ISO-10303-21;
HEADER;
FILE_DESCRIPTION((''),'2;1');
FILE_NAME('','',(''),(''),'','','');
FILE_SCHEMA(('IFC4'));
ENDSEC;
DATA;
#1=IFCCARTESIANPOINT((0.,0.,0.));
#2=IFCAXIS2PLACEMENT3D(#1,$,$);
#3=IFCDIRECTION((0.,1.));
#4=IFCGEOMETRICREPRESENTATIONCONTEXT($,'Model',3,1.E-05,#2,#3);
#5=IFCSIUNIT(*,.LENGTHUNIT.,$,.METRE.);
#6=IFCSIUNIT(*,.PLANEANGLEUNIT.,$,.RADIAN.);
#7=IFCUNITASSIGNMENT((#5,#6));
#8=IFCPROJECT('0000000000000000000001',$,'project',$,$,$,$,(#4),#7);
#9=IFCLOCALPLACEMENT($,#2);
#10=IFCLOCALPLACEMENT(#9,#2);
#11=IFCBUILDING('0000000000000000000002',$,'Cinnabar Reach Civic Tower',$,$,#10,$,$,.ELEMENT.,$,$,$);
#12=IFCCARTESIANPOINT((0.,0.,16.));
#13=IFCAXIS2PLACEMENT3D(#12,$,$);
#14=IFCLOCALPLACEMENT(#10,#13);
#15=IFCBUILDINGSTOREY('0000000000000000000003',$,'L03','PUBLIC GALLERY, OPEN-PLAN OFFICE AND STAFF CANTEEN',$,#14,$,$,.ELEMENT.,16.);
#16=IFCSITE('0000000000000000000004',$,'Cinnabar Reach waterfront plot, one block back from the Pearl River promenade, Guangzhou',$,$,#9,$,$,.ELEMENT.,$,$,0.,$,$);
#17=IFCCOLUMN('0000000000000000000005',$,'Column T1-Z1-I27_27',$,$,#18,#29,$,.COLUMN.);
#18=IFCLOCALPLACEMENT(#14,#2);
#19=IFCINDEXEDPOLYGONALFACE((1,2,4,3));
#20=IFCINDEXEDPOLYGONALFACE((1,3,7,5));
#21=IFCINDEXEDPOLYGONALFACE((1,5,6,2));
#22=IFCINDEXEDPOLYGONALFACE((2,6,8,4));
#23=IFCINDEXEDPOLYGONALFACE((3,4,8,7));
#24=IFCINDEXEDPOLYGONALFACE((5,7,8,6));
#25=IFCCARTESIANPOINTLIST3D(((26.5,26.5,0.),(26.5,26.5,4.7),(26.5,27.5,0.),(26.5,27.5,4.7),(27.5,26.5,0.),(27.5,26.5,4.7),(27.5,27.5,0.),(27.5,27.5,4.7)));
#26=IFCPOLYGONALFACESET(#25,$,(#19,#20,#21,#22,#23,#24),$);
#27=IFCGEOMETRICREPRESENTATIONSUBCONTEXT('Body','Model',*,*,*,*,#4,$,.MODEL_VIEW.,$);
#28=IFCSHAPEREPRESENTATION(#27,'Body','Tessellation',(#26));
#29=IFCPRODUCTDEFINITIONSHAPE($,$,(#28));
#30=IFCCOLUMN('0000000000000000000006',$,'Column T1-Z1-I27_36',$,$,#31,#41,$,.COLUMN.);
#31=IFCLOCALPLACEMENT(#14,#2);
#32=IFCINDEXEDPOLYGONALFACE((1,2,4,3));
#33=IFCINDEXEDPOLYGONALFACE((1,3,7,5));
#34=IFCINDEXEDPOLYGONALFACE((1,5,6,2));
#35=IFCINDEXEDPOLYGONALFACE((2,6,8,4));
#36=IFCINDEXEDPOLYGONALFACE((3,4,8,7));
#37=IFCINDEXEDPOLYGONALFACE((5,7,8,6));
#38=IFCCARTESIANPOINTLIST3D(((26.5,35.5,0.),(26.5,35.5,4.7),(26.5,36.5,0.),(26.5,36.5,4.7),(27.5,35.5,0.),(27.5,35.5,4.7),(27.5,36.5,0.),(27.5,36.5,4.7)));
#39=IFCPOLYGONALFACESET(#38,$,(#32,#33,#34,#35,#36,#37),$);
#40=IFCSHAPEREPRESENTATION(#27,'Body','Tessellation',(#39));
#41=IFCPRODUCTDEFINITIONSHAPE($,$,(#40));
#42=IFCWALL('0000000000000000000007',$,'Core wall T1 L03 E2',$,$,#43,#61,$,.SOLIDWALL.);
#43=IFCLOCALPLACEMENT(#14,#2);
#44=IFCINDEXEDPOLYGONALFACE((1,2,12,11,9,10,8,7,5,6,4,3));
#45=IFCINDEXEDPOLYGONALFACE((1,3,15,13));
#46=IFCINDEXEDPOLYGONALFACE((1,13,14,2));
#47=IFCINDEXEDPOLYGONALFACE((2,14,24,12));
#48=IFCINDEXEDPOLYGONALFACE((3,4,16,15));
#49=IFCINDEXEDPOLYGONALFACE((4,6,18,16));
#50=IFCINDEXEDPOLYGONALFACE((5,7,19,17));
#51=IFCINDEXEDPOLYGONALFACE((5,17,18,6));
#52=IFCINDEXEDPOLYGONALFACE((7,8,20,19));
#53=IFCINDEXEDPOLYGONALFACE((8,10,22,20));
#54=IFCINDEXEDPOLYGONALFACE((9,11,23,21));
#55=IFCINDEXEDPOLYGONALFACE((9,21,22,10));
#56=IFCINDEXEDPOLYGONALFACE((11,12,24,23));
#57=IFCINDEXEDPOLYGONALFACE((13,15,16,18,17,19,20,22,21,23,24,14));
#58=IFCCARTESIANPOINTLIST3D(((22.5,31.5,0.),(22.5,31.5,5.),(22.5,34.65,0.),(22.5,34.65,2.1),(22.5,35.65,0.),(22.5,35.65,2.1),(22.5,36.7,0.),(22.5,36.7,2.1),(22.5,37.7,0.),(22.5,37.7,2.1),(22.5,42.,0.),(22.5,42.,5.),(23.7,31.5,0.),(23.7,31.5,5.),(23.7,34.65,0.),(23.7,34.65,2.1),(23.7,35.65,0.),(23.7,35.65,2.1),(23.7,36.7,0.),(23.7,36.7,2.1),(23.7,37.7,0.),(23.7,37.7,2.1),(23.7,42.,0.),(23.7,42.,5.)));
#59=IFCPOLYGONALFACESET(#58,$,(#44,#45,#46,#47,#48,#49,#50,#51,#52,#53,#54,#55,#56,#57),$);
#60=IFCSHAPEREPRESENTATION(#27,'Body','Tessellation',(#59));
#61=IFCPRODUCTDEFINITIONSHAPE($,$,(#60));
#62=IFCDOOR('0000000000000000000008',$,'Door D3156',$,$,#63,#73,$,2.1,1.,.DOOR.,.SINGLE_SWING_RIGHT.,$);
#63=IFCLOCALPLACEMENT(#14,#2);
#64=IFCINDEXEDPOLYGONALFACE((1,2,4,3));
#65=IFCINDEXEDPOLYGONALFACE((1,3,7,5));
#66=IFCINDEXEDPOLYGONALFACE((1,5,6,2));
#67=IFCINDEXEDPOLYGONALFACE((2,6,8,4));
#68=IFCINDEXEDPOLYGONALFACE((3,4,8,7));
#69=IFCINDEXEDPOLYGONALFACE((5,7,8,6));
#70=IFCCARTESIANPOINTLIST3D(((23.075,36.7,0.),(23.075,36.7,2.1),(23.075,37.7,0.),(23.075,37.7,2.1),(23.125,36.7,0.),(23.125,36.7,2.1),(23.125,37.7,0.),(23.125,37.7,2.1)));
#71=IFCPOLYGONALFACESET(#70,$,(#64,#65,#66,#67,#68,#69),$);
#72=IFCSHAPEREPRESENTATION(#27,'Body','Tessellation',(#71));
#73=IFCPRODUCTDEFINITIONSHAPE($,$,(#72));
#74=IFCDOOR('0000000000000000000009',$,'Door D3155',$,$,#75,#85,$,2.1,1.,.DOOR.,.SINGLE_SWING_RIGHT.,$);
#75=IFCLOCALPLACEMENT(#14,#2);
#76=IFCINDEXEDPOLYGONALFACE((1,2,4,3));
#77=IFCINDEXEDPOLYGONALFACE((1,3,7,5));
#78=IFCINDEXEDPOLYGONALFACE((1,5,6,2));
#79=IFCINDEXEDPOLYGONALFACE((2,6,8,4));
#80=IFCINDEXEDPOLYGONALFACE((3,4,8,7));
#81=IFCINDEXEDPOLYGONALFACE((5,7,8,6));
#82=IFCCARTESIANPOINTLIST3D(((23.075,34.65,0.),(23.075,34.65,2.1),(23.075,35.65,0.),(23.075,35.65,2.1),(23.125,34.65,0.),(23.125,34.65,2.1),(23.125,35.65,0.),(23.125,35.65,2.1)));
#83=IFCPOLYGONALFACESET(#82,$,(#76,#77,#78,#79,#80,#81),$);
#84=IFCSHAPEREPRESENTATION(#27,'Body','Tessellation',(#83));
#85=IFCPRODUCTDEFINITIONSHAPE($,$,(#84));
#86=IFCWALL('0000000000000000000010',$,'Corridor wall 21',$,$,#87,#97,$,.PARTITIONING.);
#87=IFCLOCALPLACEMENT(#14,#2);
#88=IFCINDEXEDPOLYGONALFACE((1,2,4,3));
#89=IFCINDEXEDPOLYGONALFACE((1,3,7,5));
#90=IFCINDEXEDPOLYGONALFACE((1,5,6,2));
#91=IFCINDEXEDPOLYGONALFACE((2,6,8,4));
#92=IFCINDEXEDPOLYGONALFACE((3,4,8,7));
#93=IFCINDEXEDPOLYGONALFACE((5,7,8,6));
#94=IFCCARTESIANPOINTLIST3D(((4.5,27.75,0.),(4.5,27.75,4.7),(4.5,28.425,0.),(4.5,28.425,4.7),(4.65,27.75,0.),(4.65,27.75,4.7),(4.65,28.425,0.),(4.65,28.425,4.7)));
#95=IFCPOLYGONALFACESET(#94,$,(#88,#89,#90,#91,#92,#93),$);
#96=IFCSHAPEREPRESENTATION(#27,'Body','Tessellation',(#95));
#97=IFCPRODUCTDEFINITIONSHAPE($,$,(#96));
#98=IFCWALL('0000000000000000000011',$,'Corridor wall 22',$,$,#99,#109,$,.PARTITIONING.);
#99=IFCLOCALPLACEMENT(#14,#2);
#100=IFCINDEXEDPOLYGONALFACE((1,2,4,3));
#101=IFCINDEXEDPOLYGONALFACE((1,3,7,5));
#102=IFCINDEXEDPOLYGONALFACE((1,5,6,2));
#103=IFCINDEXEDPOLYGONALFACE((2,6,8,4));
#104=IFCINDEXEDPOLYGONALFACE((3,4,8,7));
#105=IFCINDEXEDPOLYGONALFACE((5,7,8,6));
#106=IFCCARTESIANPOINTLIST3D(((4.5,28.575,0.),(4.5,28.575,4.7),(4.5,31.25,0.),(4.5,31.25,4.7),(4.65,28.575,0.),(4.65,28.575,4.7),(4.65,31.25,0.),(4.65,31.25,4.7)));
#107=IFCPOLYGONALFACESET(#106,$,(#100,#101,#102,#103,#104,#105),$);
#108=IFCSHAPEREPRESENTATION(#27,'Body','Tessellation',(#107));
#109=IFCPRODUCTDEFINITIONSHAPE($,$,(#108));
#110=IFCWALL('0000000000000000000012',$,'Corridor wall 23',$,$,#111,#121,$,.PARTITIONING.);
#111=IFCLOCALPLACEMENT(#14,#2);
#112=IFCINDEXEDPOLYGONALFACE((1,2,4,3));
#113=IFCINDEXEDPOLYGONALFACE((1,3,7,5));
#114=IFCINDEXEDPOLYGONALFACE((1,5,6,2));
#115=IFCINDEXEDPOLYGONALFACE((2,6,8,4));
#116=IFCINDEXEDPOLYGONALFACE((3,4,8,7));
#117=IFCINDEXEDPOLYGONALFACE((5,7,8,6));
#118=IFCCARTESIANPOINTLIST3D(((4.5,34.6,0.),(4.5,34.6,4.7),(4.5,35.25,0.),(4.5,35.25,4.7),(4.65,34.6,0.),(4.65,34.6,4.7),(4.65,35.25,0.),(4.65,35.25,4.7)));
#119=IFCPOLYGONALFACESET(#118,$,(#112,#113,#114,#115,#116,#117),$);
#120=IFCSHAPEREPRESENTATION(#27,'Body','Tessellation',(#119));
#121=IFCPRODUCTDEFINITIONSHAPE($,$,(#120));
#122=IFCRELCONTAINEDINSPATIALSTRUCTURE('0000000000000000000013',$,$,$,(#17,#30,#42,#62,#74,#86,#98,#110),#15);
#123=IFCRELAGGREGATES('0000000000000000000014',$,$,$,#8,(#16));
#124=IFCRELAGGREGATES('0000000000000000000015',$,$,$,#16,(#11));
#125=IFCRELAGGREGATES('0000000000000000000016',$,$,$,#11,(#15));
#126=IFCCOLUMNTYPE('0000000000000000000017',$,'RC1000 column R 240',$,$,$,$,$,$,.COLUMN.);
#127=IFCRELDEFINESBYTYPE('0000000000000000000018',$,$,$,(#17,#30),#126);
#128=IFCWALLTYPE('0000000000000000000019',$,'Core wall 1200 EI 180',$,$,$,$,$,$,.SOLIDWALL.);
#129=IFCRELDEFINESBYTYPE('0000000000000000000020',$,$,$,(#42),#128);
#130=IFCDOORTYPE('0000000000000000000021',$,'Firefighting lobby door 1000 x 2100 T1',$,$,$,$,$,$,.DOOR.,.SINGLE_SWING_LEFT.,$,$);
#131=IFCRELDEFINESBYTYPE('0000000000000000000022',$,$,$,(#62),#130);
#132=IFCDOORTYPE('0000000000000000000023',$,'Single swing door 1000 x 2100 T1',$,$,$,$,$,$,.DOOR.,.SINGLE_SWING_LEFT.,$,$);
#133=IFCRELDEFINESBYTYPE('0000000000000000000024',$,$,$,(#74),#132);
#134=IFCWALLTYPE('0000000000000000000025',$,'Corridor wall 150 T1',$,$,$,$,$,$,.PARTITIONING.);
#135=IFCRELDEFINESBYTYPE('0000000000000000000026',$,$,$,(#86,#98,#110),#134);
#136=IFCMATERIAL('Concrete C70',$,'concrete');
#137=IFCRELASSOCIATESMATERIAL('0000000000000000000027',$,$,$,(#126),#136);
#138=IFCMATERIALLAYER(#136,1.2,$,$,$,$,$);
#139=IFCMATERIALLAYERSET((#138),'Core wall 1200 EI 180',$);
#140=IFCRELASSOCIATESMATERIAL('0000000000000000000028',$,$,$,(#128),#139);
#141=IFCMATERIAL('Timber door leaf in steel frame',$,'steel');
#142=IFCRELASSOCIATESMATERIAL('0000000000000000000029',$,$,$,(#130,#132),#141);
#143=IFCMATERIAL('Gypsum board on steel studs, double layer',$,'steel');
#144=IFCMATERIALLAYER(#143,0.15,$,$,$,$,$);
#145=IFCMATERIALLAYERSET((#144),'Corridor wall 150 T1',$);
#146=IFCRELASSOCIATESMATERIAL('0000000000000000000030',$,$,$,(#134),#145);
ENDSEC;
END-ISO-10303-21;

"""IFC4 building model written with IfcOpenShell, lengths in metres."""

from ifc_helpers import new_model, si_unit, direction, frame, frame_2d, origin, origin_2d, place, context, subcontext, project, spatial, rectangle, extrude, material, layer, layer_set, material_profile, profile_set, type_object, element, fill, save


model = new_model("IFC4")

# Units and contexts
model_context = context("Model", 3, precision=1e-05, world=origin(), true_north=direction((0.0, 1.0)))
body_context = subcontext(model_context, "Body", "Model", "MODEL_VIEW")
ifc_project = project(units=[si_unit("LENGTHUNIT", "METRE"), si_unit("PLANEANGLEUNIT", "RADIAN")], contexts=[model_context])

# Site, building, storey
site_placement = place(None, origin())
site = spatial("IfcSite", under=ifc_project, at=site_placement, Name="Cinnabar Reach waterfront plot, one block back from the Pearl River promenade, Guangzhou", CompositionType="ELEMENT", RefElevation=0.0)
building_placement = place(site_placement, origin())
building = spatial("IfcBuilding", under=site, at=building_placement, Name="Cinnabar Reach Civic Tower", CompositionType="ELEMENT")
storey_placement = place(building_placement, frame((0.0, 0.0, 16.0)))
storey = spatial("IfcBuildingStorey", under=building, at=storey_placement, Name="L03", Description="PUBLIC GALLERY, OPEN-PLAN OFFICE AND STAFF CANTEEN", CompositionType="ELEMENT", Elevation=16.0)

# Columns
ifc_material_1 = material(Name="Concrete C70", Category="concrete")
ifc_material_profile = material_profile(ifc_material_1, rectangle(XDim=1.0, YDim=1.0, at=origin_2d()), Name="RC1000")
ifc_profile_set = profile_set([ifc_material_profile], Name="Concrete C70")
column_type = type_object("IfcColumnType", Name="RC1000 column R 240", PredefinedType="COLUMN", material=ifc_profile_set)
for number, where, z_axis, x_axis, name in (
    (1, (27.0, 27.0, 0.0), (0.0, 0.0, 1.0), (1.0, 0.0, 0.0), "Column T1-Z1-I27_27"),
    (2, (27.0, 36.0, 0.0), (0.0, 0.0, 1.0), (1.0, 0.0, 0.0), "Column T1-Z1-I27_36"),
):
    element("IfcColumn", number, at=place(storey_placement, frame(where, z_axis=z_axis, x_axis=x_axis)), inside=storey, type_object=column_type, Name=name, PredefinedType="COLUMN", context=body_context, shape_type="SweptSolid", body=[
        extrude(rectangle(XDim=1.0, YDim=1.0, at=origin_2d()), origin(), (0.0, 0.0, 1.0), 4.7),
    ])

# Wall, openings, doors
ifc_layer_1 = layer(ifc_material_1, 1.2)
ifc_layer_set_1 = layer_set([ifc_layer_1], Name="Core wall 1200 EI 180")
wall_type_1 = type_object("IfcWallType", Name="Core wall 1200 EI 180", PredefinedType="SOLIDWALL", material=ifc_layer_set_1)
wall_1_placement = place(storey_placement, frame((23.1, 31.5, 0.0), z_axis=(0.0, 0.0, 1.0), x_axis=(0.0, 1.0, 0.0)))
wall_1 = element("IfcWall", 3, at=wall_1_placement, inside=storey, type_object=wall_type_1, Name="Core wall T1 L03 E2", PredefinedType="SOLIDWALL", context=body_context, shape_type="SweptSolid", body=[
    extrude(rectangle(XDim=10.5, YDim=1.2, at=frame_2d((5.25, 0.0))), origin(), (0.0, 0.0, 1.0), 5.0),
])
opening_1_placement = place(wall_1_placement, frame((3.15, 0.0, 0.0)))
opening_1 = element("IfcOpeningElement", 4, at=opening_1_placement, cuts=wall_1, PredefinedType="OPENING", context=body_context, shape_type="SweptSolid", body=[
    extrude(rectangle(XDim=1.0, YDim=2.1, at=frame_2d((0.5, 1.05))), frame((0.0, 0.61, 0.0), z_axis=(0.0, -1.0, 0.0), x_axis=(1.0, 0.0, 0.0)), (0.0, 0.0, 1.0), 1.22),
])
opening_2_placement = place(wall_1_placement, frame((5.2, 0.0, 0.0)))
opening_2 = element("IfcOpeningElement", 5, at=opening_2_placement, cuts=wall_1, PredefinedType="OPENING", context=body_context, shape_type="SweptSolid", body=[
    extrude(rectangle(XDim=1.0, YDim=2.1, at=frame_2d((0.5, 1.05))), frame((0.0, 0.61, 0.0), z_axis=(0.0, -1.0, 0.0), x_axis=(1.0, 0.0, 0.0)), (0.0, 0.0, 1.0), 1.22),
])
ifc_material_2 = material(Name="Timber door leaf in steel frame", Category="steel")
door_type_1 = type_object("IfcDoorType", Name="Firefighting lobby door 1000 x 2100 T1", OperationType="SINGLE_SWING_LEFT", PredefinedType="DOOR", material=ifc_material_2)
door_1_placement = place(opening_2_placement, frame((1.0, 0.0, 0.0), z_axis=(0.0, 0.0, 1.0), x_axis=(-1.0, 0.0, 0.0)))
door_1 = element("IfcDoor", 6, at=door_1_placement, inside=storey, type_object=door_type_1, Name="Door D3156", OperationType="SINGLE_SWING_RIGHT", OverallHeight=2.1, OverallWidth=1.0, PredefinedType="DOOR", context=body_context, shape_type="SweptSolid", body=[
    extrude(rectangle(XDim=1.0, YDim=2.1, at=frame_2d((0.5, 1.05))), frame((0.0, 0.025, 0.0), z_axis=(0.0, -1.0, 0.0), x_axis=(1.0, 0.0, 0.0)), (0.0, 0.0, 1.0), 0.05),
])
fill(opening_2, door_1)
door_type_2 = type_object("IfcDoorType", Name="Single swing door 1000 x 2100 T1", OperationType="SINGLE_SWING_LEFT", PredefinedType="DOOR", material=ifc_material_2)
door_2_placement = place(opening_1_placement, frame((1.0, 0.0, 0.0), z_axis=(0.0, 0.0, 1.0), x_axis=(-1.0, 0.0, 0.0)))
door_2 = element("IfcDoor", 7, at=door_2_placement, inside=storey, type_object=door_type_2, Name="Door D3155", OperationType="SINGLE_SWING_RIGHT", OverallHeight=2.1, OverallWidth=1.0, PredefinedType="DOOR", context=body_context, shape_type="SweptSolid", body=[
    extrude(rectangle(XDim=1.0, YDim=2.1, at=frame_2d((0.5, 1.05))), frame((0.0, 0.025, 0.0), z_axis=(0.0, -1.0, 0.0), x_axis=(1.0, 0.0, 0.0)), (0.0, 0.0, 1.0), 0.05),
])
fill(opening_1, door_2)

# Walls
ifc_material_3 = material(Name="Gypsum board on steel studs, double layer", Category="steel")
ifc_layer_2 = layer(ifc_material_3, 0.15)
ifc_layer_set_2 = layer_set([ifc_layer_2], Name="Corridor wall 150 T1")
wall_type_2 = type_object("IfcWallType", Name="Corridor wall 150 T1", PredefinedType="PARTITIONING", material=ifc_layer_set_2)
wall_2_placement = place(storey_placement, frame((4.575, 27.75, 0.0), z_axis=(0.0, 0.0, 1.0), x_axis=(0.0, 1.0, 0.0)))
element("IfcWall", 8, at=wall_2_placement, inside=storey, type_object=wall_type_2, Name="Corridor wall 21", PredefinedType="PARTITIONING", context=body_context, shape_type="SweptSolid", body=[
    extrude(rectangle(XDim=0.675, YDim=0.15, at=frame_2d((0.3375, 0.0))), origin(), (0.0, 0.0, 1.0), 4.7),
])
wall_3_placement = place(storey_placement, frame((4.575, 28.575, 0.0), z_axis=(0.0, 0.0, 1.0), x_axis=(0.0, 1.0, 0.0)))
element("IfcWall", 9, at=wall_3_placement, inside=storey, type_object=wall_type_2, Name="Corridor wall 22", PredefinedType="PARTITIONING", context=body_context, shape_type="SweptSolid", body=[
    extrude(rectangle(XDim=2.675, YDim=0.15, at=frame_2d((1.3375, 0.0))), origin(), (0.0, 0.0, 1.0), 4.7),
])
wall_4_placement = place(storey_placement, frame((4.575, 34.6, 0.0), z_axis=(0.0, 0.0, 1.0), x_axis=(0.0, 1.0, 0.0)))
element("IfcWall", 10, at=wall_4_placement, inside=storey, type_object=wall_type_2, Name="Corridor wall 23", PredefinedType="PARTITIONING", context=body_context, shape_type="SweptSolid", body=[
    extrude(rectangle(XDim=0.65, YDim=0.15, at=frame_2d((0.325, 0.0))), origin(), (0.0, 0.0, 1.0), 4.7),
])

save(model, "model.ifc")
